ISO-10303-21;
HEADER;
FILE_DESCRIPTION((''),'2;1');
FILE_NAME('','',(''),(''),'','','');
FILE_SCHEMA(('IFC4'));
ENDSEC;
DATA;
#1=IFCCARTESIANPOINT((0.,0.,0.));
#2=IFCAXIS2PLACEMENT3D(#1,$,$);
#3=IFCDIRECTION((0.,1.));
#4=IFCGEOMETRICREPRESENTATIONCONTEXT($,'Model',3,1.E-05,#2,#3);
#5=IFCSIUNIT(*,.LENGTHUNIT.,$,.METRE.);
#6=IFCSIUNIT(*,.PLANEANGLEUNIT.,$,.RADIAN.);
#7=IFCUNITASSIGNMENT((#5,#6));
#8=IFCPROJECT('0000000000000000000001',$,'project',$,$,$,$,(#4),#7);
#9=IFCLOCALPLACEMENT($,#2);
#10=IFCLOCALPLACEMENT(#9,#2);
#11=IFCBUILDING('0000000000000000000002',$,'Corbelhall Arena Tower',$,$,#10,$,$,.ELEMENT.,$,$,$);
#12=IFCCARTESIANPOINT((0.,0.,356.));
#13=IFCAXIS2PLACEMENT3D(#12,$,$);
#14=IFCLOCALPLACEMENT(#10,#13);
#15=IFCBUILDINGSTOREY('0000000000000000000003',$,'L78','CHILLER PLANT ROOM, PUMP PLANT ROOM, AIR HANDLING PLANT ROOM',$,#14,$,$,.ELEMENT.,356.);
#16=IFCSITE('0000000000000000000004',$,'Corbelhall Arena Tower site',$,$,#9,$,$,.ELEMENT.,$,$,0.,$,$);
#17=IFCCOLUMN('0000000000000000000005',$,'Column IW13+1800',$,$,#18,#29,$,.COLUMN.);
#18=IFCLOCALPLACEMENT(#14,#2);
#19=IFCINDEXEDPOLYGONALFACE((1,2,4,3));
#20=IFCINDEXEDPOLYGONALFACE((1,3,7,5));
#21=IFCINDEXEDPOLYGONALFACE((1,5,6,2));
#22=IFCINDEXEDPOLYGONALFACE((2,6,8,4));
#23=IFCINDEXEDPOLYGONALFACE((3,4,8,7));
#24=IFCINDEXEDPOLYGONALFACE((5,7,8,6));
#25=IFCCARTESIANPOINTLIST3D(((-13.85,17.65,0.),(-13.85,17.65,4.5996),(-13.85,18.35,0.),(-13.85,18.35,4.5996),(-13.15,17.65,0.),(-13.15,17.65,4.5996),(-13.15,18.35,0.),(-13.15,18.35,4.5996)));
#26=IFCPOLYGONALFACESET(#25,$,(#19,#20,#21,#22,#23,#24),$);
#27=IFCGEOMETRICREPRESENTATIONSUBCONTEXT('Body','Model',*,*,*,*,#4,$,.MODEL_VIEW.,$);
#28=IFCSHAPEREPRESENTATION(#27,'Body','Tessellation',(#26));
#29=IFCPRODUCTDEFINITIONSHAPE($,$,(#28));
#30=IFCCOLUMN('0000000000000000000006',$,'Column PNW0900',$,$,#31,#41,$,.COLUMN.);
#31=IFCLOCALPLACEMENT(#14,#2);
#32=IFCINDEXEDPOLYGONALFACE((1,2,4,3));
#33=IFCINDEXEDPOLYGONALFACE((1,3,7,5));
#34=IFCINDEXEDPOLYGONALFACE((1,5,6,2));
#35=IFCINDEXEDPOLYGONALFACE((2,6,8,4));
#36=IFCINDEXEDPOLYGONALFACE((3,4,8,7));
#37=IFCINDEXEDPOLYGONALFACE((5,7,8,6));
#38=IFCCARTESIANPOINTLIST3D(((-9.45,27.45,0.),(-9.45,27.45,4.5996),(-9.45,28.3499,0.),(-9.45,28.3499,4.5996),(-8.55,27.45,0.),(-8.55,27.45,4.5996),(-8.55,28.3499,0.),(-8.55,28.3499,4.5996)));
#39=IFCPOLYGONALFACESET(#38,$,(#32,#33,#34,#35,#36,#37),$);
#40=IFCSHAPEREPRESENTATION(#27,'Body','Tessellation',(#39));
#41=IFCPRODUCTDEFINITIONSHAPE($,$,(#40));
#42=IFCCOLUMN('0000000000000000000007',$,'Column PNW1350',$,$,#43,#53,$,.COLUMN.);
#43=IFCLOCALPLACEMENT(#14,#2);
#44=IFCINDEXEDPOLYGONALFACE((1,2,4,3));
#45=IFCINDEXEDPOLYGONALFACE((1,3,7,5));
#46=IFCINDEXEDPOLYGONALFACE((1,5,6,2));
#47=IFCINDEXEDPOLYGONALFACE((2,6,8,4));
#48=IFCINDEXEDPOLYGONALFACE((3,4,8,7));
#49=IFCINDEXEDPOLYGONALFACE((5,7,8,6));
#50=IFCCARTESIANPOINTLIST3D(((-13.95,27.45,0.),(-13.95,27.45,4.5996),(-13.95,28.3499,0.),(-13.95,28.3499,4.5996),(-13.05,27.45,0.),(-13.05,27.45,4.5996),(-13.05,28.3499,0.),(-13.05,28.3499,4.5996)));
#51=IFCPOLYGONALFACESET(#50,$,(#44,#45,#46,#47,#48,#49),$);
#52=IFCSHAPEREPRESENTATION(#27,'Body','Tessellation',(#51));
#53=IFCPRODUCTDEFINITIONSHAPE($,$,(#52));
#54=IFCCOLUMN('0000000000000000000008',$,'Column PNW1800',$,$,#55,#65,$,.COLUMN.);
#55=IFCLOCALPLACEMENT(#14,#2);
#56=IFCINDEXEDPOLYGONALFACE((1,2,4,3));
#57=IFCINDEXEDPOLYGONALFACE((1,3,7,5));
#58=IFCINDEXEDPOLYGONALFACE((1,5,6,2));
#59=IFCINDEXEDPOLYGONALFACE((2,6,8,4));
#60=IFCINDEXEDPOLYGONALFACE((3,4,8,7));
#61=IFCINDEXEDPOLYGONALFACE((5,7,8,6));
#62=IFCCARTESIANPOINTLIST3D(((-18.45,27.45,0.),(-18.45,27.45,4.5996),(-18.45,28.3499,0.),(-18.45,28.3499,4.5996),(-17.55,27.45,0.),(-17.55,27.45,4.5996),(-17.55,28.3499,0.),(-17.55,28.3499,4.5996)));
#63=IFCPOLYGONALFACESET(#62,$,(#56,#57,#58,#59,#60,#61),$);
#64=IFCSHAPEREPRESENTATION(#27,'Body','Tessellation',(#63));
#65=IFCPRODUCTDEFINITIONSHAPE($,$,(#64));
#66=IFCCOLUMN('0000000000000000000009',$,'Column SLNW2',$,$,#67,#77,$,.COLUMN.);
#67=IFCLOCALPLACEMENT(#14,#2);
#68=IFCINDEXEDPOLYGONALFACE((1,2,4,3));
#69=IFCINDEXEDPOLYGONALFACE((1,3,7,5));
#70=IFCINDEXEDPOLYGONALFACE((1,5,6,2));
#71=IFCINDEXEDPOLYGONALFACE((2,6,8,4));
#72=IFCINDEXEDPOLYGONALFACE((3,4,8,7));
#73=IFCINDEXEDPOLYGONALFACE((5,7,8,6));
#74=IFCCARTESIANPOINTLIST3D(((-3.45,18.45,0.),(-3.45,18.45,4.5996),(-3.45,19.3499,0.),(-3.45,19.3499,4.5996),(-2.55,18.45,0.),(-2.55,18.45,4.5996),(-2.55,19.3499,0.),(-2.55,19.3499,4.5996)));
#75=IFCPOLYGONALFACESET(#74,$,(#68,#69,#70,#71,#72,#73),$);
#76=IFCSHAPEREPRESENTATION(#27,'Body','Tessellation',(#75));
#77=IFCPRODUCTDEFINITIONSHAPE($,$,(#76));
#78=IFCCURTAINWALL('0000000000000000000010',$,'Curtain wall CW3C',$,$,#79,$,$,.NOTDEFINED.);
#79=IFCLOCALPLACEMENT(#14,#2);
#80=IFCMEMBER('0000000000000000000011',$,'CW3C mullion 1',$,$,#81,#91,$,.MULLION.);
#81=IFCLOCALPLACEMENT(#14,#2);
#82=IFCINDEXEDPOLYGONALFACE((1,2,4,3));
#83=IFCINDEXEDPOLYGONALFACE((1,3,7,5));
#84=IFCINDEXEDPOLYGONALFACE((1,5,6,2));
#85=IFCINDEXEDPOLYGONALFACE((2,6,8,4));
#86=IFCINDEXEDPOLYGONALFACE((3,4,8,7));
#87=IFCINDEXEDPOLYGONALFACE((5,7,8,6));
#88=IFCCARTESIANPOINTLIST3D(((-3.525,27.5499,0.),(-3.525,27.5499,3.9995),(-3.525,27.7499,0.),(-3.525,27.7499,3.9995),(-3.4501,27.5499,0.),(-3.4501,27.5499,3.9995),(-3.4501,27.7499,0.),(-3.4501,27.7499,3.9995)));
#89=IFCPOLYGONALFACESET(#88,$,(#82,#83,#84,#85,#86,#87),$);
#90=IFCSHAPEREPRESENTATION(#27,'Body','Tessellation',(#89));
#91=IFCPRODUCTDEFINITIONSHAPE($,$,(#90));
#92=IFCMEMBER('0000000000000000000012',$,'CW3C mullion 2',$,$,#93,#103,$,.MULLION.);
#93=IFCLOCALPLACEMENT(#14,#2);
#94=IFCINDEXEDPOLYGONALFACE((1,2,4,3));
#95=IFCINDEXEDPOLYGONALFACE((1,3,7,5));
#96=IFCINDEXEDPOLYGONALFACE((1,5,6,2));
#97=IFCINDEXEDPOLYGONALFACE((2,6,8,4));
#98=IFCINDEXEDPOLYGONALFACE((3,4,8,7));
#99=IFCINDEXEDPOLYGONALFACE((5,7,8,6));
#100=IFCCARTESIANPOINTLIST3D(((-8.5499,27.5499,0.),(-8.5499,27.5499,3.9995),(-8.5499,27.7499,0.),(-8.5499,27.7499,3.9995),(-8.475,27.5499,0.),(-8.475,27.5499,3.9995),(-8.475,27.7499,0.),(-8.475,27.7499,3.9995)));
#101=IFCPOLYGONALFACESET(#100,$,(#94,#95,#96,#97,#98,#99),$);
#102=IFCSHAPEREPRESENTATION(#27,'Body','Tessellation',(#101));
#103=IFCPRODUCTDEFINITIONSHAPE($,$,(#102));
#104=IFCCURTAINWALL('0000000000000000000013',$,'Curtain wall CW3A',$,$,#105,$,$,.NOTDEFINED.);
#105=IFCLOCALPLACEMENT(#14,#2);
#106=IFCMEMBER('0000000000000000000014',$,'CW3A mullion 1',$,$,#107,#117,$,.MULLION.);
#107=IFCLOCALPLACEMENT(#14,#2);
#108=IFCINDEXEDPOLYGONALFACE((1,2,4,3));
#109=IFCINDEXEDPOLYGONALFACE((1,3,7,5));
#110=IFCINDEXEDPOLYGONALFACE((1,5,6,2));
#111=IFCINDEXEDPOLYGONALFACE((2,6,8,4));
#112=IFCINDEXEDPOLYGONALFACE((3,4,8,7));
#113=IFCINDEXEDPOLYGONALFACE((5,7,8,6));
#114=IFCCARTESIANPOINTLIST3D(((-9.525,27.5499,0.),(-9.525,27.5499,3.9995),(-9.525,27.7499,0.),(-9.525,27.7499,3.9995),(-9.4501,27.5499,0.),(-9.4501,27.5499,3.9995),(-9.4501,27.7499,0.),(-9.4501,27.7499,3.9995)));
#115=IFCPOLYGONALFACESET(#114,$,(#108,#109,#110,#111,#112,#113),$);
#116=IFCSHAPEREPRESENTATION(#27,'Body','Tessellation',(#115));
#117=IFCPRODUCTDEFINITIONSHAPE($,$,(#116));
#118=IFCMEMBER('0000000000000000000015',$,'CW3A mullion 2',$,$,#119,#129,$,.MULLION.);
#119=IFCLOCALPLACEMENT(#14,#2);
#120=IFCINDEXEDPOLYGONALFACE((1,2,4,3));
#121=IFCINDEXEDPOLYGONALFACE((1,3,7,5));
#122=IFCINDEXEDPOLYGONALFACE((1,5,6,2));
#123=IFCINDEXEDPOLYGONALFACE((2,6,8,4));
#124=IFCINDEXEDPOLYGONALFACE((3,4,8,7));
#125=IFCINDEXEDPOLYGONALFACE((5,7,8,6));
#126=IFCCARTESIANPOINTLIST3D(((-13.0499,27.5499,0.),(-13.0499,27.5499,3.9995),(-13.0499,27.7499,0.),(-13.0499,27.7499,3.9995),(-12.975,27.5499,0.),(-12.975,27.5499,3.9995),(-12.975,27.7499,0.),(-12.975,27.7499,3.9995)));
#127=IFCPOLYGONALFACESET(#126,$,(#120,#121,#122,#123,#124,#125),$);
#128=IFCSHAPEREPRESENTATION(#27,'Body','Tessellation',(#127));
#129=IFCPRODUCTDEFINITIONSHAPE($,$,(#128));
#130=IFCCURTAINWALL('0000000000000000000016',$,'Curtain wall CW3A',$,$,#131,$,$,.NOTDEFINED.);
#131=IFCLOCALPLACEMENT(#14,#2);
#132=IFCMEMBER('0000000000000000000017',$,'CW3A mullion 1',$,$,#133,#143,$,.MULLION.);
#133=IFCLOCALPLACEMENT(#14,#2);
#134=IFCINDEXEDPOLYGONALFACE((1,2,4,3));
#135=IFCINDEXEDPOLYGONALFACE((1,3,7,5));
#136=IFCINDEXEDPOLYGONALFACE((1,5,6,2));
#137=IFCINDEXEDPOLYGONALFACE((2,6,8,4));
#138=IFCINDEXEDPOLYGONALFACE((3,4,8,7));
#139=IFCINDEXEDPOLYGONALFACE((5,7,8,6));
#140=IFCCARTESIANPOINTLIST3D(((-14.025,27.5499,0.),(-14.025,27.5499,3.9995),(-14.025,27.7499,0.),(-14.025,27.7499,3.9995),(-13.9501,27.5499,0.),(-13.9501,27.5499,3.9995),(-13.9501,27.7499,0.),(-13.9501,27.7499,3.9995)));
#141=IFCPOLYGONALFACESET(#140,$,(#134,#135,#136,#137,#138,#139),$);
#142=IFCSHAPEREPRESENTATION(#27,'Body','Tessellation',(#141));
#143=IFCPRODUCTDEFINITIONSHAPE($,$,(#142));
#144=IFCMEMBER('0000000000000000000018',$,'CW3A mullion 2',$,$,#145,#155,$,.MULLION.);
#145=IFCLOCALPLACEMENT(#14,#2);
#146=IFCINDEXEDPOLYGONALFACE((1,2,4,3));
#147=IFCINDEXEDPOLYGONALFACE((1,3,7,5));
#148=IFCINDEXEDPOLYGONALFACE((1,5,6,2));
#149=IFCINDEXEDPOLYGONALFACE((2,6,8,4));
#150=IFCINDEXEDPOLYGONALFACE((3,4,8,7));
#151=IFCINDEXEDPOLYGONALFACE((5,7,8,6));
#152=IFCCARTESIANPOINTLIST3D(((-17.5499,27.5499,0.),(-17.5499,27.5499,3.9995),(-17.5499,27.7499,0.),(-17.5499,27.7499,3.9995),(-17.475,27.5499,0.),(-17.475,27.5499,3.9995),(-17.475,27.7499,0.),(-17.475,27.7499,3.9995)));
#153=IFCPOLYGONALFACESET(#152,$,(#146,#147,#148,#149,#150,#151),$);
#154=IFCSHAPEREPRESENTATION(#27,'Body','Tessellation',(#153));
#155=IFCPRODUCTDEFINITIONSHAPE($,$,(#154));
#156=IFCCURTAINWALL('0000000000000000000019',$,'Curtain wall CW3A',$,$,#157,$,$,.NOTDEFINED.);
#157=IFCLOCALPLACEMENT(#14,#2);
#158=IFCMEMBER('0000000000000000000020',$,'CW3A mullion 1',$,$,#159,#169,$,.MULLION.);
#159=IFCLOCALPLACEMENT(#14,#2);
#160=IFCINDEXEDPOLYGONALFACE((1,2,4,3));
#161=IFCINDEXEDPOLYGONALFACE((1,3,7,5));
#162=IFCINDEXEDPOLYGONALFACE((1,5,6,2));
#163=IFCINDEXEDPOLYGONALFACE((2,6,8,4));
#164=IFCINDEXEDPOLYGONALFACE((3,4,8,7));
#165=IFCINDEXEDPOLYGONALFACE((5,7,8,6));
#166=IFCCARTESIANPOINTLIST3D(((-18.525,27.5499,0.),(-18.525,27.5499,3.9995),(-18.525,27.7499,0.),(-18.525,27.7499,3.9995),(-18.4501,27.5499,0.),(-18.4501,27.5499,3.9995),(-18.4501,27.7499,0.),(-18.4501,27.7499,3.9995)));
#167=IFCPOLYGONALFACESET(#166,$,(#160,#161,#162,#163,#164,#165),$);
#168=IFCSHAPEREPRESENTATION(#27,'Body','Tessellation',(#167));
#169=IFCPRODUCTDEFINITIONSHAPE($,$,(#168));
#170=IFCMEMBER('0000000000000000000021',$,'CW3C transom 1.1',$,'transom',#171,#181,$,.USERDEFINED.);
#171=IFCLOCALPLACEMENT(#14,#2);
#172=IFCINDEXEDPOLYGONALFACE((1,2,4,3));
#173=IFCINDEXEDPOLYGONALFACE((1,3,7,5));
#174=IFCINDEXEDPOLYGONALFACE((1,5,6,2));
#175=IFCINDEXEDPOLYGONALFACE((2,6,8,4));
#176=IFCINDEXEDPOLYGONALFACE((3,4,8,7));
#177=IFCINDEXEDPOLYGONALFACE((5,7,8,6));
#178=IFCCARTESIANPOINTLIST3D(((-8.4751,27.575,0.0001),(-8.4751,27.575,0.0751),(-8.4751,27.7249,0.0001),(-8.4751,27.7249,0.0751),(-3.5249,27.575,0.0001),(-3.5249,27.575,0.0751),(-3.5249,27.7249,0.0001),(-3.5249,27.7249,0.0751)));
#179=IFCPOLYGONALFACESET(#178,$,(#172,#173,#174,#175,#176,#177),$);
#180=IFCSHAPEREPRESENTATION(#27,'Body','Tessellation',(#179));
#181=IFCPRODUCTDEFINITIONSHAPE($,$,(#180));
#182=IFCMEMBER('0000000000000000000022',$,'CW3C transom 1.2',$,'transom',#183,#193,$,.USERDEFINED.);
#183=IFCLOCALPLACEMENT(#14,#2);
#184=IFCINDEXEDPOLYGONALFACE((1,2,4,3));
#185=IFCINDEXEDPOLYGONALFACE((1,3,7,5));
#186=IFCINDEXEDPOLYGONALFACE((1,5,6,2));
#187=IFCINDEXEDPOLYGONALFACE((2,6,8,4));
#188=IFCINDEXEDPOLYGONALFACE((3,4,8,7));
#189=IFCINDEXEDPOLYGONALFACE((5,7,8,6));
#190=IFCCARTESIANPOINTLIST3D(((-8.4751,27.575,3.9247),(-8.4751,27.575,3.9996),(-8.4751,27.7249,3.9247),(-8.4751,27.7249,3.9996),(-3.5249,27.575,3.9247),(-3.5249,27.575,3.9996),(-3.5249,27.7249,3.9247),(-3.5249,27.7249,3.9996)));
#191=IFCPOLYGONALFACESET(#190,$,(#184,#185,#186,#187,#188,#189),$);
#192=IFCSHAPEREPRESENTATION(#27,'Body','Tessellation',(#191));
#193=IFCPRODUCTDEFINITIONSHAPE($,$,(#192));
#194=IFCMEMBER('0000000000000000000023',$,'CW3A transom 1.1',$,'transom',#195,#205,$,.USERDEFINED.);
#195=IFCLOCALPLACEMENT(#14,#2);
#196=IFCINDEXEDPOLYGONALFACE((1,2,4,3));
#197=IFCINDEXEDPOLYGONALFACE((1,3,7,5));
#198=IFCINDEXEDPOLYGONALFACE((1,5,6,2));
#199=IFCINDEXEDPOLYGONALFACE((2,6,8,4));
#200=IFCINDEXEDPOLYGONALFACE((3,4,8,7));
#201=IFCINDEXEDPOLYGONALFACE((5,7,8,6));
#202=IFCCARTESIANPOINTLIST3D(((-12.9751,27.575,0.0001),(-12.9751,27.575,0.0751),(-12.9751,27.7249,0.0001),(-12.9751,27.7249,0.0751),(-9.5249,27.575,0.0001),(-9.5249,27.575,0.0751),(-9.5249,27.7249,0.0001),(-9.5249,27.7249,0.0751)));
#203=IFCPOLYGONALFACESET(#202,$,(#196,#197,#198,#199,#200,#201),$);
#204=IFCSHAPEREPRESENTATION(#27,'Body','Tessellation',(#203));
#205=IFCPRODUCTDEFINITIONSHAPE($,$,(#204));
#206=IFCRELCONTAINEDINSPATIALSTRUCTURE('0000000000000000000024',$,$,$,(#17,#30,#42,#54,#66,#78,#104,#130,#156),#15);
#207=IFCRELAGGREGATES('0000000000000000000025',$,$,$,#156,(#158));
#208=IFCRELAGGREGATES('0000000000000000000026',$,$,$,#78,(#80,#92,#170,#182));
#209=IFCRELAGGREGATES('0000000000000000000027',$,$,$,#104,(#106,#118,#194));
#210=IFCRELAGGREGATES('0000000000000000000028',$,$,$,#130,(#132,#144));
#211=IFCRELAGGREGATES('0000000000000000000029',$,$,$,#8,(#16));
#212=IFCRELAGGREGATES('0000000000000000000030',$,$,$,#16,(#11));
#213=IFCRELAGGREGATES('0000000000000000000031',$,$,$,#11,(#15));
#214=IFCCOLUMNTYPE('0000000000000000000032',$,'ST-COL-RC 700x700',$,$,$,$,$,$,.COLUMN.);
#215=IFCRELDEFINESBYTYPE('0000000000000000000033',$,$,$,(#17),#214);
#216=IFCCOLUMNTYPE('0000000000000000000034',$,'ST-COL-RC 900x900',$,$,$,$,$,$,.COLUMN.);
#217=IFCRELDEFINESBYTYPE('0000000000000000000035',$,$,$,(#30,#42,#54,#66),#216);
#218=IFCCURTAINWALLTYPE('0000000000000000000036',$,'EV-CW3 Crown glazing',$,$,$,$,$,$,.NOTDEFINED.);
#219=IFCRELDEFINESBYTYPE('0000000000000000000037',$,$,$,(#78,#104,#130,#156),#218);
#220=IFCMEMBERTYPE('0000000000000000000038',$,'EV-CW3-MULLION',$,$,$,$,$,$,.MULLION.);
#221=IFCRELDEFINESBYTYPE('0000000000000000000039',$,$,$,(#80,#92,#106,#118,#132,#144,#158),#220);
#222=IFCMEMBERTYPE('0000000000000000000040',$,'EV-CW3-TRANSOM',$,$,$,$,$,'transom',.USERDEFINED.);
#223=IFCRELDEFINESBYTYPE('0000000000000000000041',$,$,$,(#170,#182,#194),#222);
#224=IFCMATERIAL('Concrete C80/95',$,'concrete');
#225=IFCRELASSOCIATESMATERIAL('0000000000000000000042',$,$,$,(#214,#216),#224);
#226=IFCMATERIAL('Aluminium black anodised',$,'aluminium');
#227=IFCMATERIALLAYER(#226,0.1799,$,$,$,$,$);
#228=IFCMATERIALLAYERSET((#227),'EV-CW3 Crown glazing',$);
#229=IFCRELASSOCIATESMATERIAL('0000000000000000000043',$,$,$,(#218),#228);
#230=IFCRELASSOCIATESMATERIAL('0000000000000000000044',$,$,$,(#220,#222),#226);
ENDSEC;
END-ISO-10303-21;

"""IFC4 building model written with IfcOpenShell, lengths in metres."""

from ifc_helpers import new_model, si_unit, direction, frame, origin, origin_2d, place, context, subcontext, project, spatial, rectangle, extrude, material, layer, layer_set, material_profile, profile_set, type_object, element, aggregate, save


model = new_model("IFC4")

# Units and contexts
model_context = context("Model", 3, precision=1e-05, world=origin(), true_north=direction((0.0, 1.0)))
body_context = subcontext(model_context, "Body", "Model", "MODEL_VIEW")
ifc_project = project(units=[si_unit("LENGTHUNIT", "METRE"), si_unit("PLANEANGLEUNIT", "RADIAN")], contexts=[model_context])

# Site, building, storey
site_placement = place(None, origin())
site = spatial("IfcSite", under=ifc_project, at=site_placement, Name="Corbelhall Arena Tower site", CompositionType="ELEMENT", RefElevation=0.0)
building_placement = place(site_placement, origin())
building = spatial("IfcBuilding", under=site, at=building_placement, Name="Corbelhall Arena Tower", CompositionType="ELEMENT")
storey_placement = place(building_placement, frame((0.0, 0.0, 356.0)))
storey = spatial("IfcBuildingStorey", under=building, at=storey_placement, Name="L78", Description="CHILLER PLANT ROOM, PUMP PLANT ROOM, AIR HANDLING PLANT ROOM", CompositionType="ELEMENT", Elevation=356.0)

# Columns
ifc_material_1 = material(Name="Concrete C80/95", Category="concrete")
ifc_material_profile_1 = material_profile(ifc_material_1, rectangle(XDim=0.7, YDim=0.7, at=origin_2d()))
ifc_profile_set_1 = profile_set([ifc_material_profile_1], Name="Concrete C80/95")
column_type_1 = type_object("IfcColumnType", Name="ST-COL-RC 700x700", PredefinedType="COLUMN", material=ifc_profile_set_1)
column_placement = place(storey_placement, frame((-13.5, 18.0, 0.0), z_axis=(0.0, 0.0, 1.0), x_axis=(1.0, 0.0, 0.0)))
element("IfcColumn", 1, at=column_placement, inside=storey, type_object=column_type_1, Name="Column IW13+1800", PredefinedType="COLUMN", context=body_context, shape_type="SweptSolid", body=[
    extrude(rectangle(XDim=0.7, YDim=0.7, at=origin_2d()), origin(), (0.0, 0.0, 1.0), 4.5996),
])
ifc_material_profile_2 = material_profile(ifc_material_1, rectangle(XDim=0.8999, YDim=0.8999, at=origin_2d()))
ifc_profile_set_2 = profile_set([ifc_material_profile_2], Name="Concrete C80/95")
column_type_2 = type_object("IfcColumnType", Name="ST-COL-RC 900x900", PredefinedType="COLUMN", material=ifc_profile_set_2)
for number, where, z_axis, x_axis, name in (
    (2, (-9.0, 27.8999, 0.0), (0.0, 0.0, 1.0), (1.0, 0.0, 0.0), "Column PNW0900"),
    (3, (-13.5, 27.8999, 0.0), (0.0, 0.0, 1.0), (1.0, 0.0, 0.0), "Column PNW1350"),
    (4, (-18.0, 27.8999, 0.0), (0.0, 0.0, 1.0), (1.0, 0.0, 0.0), "Column PNW1800"),
    (5, (-3.0, 18.8999, 0.0), (0.0, 0.0, 1.0), (1.0, 0.0, 0.0), "Column SLNW2"),
):
    element("IfcColumn", number, at=place(storey_placement, frame(where, z_axis=z_axis, x_axis=x_axis)), inside=storey, type_object=column_type_2, Name=name, PredefinedType="COLUMN", context=body_context, shape_type="SweptSolid", body=[
        extrude(rectangle(XDim=0.8999, YDim=0.8999, at=origin_2d()), origin(), (0.0, 0.0, 1.0), 4.5996),
    ])

# Curtain walls, members
ifc_material_2 = material(Name="Aluminium black anodised", Category="aluminium")
ifc_layer_1 = layer(ifc_material_2, 0.1799)
ifc_layer_set_1 = layer_set([ifc_layer_1], Name="EV-CW3 Crown glazing")
curtain_wall_type = type_object("IfcCurtainWallType", Name="EV-CW3 Crown glazing", PredefinedType="NOTDEFINED", material=ifc_layer_set_1)
curtain_wall_1_placement = place(storey_placement, origin())
curtain_wall_1 = element("IfcCurtainWall", 6, at=curtain_wall_1_placement, inside=storey, type_object=curtain_wall_type, Name="Curtain wall CW3C", PredefinedType="NOTDEFINED")
ifc_material_profile_3 = material_profile(ifc_material_2, rectangle(XDim=0.2, YDim=0.075, at=origin_2d()))
ifc_profile_set_3 = profile_set([ifc_material_profile_3], Name="Aluminium black anodised")
member_type_1 = type_object("IfcMemberType", Name="EV-CW3-MULLION", PredefinedType="MULLION", material=ifc_profile_set_3)
member_1_placement = place(storey_placement, frame((-3.4875, 27.6499, 0.0), z_axis=(0.0, 0.0, 1.0), x_axis=(0.0, -1.0, 0.0)))
member_1 = element("IfcMember", 7, at=member_1_placement, type_object=member_type_1, Name="CW3C mullion 1", PredefinedType="MULLION", context=body_context, shape_type="SweptSolid", body=[
    extrude(rectangle(XDim=0.2, YDim=0.075, at=origin_2d()), origin(), (0.0, 0.0, 1.0), 3.9995),
])
member_2_placement = place(storey_placement, frame((-8.5125, 27.6499, 0.0), z_axis=(0.0, 0.0, 1.0), x_axis=(0.0, -1.0, 0.0)))
member_2 = element("IfcMember", 8, at=member_2_placement, type_object=member_type_1, Name="CW3C mullion 2", PredefinedType="MULLION", context=body_context, shape_type="SweptSolid", body=[
    extrude(rectangle(XDim=0.2, YDim=0.075, at=origin_2d()), origin(), (0.0, 0.0, 1.0), 3.9995),
])
curtain_wall_2_placement = place(storey_placement, origin())
curtain_wall_2 = element("IfcCurtainWall", 9, at=curtain_wall_2_placement, inside=storey, type_object=curtain_wall_type, Name="Curtain wall CW3A", PredefinedType="NOTDEFINED")
member_3_placement = place(storey_placement, frame((-9.4875, 27.6499, 0.0), z_axis=(0.0, 0.0, 1.0), x_axis=(0.0, -1.0, 0.0)))
member_3 = element("IfcMember", 10, at=member_3_placement, type_object=member_type_1, Name="CW3A mullion 1", PredefinedType="MULLION", context=body_context, shape_type="SweptSolid", body=[
    extrude(rectangle(XDim=0.2, YDim=0.075, at=origin_2d()), origin(), (0.0, 0.0, 1.0), 3.9995),
])
member_4_placement = place(storey_placement, frame((-13.0125, 27.6499, 0.0), z_axis=(0.0, 0.0, 1.0), x_axis=(0.0, -1.0, 0.0)))
member_4 = element("IfcMember", 11, at=member_4_placement, type_object=member_type_1, Name="CW3A mullion 2", PredefinedType="MULLION", context=body_context, shape_type="SweptSolid", body=[
    extrude(rectangle(XDim=0.2, YDim=0.075, at=origin_2d()), origin(), (0.0, 0.0, 1.0), 3.9995),
])
curtain_wall_3_placement = place(storey_placement, origin())
curtain_wall_3 = element("IfcCurtainWall", 12, at=curtain_wall_3_placement, inside=storey, type_object=curtain_wall_type, Name="Curtain wall CW3A", PredefinedType="NOTDEFINED")
member_5_placement = place(storey_placement, frame((-13.9875, 27.6499, 0.0), z_axis=(0.0, 0.0, 1.0), x_axis=(0.0, -1.0, 0.0)))
member_5 = element("IfcMember", 13, at=member_5_placement, type_object=member_type_1, Name="CW3A mullion 1", PredefinedType="MULLION", context=body_context, shape_type="SweptSolid", body=[
    extrude(rectangle(XDim=0.2, YDim=0.075, at=origin_2d()), origin(), (0.0, 0.0, 1.0), 3.9995),
])
member_6_placement = place(storey_placement, frame((-17.5125, 27.6499, 0.0), z_axis=(0.0, 0.0, 1.0), x_axis=(0.0, -1.0, 0.0)))
member_6 = element("IfcMember", 14, at=member_6_placement, type_object=member_type_1, Name="CW3A mullion 2", PredefinedType="MULLION", context=body_context, shape_type="SweptSolid", body=[
    extrude(rectangle(XDim=0.2, YDim=0.075, at=origin_2d()), origin(), (0.0, 0.0, 1.0), 3.9995),
])

# Curtain wall, member
curtain_wall_4_placement = place(storey_placement, origin())
curtain_wall_4 = element("IfcCurtainWall", 15, at=curtain_wall_4_placement, inside=storey, type_object=curtain_wall_type, Name="Curtain wall CW3A", PredefinedType="NOTDEFINED")
member_7_placement = place(storey_placement, frame((-18.4875, 27.6499, 0.0), z_axis=(0.0, 0.0, 1.0), x_axis=(0.0, -1.0, 0.0)))
member_7 = element("IfcMember", 16, at=member_7_placement, type_object=member_type_1, Name="CW3A mullion 1", PredefinedType="MULLION", context=body_context, shape_type="SweptSolid", body=[
    extrude(rectangle(XDim=0.2, YDim=0.075, at=origin_2d()), origin(), (0.0, 0.0, 1.0), 3.9995),
])

# Members
ifc_material_profile_4 = material_profile(ifc_material_2, rectangle(XDim=0.1499, YDim=0.075, at=origin_2d()))
ifc_profile_set_4 = profile_set([ifc_material_profile_4], Name="Aluminium black anodised")
member_type_2 = type_object("IfcMemberType", Name="EV-CW3-TRANSOM", ElementType="transom", PredefinedType="USERDEFINED", material=ifc_profile_set_4)
member_8_placement = place(storey_placement, frame((-3.5249, 27.6499, 0.0376), z_axis=(-1.0, 0.0, 0.0), x_axis=(0.0, -1.0, 0.0)))
member_8 = element("IfcMember", 17, at=member_8_placement, type_object=member_type_2, Name="CW3C transom 1.1", ObjectType="transom", PredefinedType="USERDEFINED", context=body_context, shape_type="SweptSolid", body=[
    extrude(rectangle(XDim=0.1499, YDim=0.075, at=origin_2d()), origin(), (0.0, 0.0, 1.0), 4.9502),
])
member_9_placement = place(storey_placement, frame((-3.5249, 27.6499, 3.9622), z_axis=(-1.0, 0.0, 0.0), x_axis=(0.0, -1.0, 0.0)))
member_9 = element("IfcMember", 18, at=member_9_placement, type_object=member_type_2, Name="CW3C transom 1.2", ObjectType="transom", PredefinedType="USERDEFINED", context=body_context, shape_type="SweptSolid", body=[
    extrude(rectangle(XDim=0.1499, YDim=0.075, at=origin_2d()), origin(), (0.0, 0.0, 1.0), 4.9502),
])
member_10_placement = place(storey_placement, frame((-9.5249, 27.6499, 0.0376), z_axis=(-1.0, 0.0, 0.0), x_axis=(0.0, -1.0, 0.0)))
member_10 = element("IfcMember", 19, at=member_10_placement, type_object=member_type_2, Name="CW3A transom 1.1", ObjectType="transom", PredefinedType="USERDEFINED", context=body_context, shape_type="SweptSolid", body=[
    extrude(rectangle(XDim=0.1499, YDim=0.075, at=origin_2d()), origin(), (0.0, 0.0, 1.0), 3.4502),
])
aggregate(curtain_wall_4, [member_7])

aggregate(curtain_wall_1, [member_1, member_2, member_8, member_9])
aggregate(curtain_wall_2, [member_3, member_4, member_10])
aggregate(curtain_wall_3, [member_5, member_6])

save(model, "model.ifc")
